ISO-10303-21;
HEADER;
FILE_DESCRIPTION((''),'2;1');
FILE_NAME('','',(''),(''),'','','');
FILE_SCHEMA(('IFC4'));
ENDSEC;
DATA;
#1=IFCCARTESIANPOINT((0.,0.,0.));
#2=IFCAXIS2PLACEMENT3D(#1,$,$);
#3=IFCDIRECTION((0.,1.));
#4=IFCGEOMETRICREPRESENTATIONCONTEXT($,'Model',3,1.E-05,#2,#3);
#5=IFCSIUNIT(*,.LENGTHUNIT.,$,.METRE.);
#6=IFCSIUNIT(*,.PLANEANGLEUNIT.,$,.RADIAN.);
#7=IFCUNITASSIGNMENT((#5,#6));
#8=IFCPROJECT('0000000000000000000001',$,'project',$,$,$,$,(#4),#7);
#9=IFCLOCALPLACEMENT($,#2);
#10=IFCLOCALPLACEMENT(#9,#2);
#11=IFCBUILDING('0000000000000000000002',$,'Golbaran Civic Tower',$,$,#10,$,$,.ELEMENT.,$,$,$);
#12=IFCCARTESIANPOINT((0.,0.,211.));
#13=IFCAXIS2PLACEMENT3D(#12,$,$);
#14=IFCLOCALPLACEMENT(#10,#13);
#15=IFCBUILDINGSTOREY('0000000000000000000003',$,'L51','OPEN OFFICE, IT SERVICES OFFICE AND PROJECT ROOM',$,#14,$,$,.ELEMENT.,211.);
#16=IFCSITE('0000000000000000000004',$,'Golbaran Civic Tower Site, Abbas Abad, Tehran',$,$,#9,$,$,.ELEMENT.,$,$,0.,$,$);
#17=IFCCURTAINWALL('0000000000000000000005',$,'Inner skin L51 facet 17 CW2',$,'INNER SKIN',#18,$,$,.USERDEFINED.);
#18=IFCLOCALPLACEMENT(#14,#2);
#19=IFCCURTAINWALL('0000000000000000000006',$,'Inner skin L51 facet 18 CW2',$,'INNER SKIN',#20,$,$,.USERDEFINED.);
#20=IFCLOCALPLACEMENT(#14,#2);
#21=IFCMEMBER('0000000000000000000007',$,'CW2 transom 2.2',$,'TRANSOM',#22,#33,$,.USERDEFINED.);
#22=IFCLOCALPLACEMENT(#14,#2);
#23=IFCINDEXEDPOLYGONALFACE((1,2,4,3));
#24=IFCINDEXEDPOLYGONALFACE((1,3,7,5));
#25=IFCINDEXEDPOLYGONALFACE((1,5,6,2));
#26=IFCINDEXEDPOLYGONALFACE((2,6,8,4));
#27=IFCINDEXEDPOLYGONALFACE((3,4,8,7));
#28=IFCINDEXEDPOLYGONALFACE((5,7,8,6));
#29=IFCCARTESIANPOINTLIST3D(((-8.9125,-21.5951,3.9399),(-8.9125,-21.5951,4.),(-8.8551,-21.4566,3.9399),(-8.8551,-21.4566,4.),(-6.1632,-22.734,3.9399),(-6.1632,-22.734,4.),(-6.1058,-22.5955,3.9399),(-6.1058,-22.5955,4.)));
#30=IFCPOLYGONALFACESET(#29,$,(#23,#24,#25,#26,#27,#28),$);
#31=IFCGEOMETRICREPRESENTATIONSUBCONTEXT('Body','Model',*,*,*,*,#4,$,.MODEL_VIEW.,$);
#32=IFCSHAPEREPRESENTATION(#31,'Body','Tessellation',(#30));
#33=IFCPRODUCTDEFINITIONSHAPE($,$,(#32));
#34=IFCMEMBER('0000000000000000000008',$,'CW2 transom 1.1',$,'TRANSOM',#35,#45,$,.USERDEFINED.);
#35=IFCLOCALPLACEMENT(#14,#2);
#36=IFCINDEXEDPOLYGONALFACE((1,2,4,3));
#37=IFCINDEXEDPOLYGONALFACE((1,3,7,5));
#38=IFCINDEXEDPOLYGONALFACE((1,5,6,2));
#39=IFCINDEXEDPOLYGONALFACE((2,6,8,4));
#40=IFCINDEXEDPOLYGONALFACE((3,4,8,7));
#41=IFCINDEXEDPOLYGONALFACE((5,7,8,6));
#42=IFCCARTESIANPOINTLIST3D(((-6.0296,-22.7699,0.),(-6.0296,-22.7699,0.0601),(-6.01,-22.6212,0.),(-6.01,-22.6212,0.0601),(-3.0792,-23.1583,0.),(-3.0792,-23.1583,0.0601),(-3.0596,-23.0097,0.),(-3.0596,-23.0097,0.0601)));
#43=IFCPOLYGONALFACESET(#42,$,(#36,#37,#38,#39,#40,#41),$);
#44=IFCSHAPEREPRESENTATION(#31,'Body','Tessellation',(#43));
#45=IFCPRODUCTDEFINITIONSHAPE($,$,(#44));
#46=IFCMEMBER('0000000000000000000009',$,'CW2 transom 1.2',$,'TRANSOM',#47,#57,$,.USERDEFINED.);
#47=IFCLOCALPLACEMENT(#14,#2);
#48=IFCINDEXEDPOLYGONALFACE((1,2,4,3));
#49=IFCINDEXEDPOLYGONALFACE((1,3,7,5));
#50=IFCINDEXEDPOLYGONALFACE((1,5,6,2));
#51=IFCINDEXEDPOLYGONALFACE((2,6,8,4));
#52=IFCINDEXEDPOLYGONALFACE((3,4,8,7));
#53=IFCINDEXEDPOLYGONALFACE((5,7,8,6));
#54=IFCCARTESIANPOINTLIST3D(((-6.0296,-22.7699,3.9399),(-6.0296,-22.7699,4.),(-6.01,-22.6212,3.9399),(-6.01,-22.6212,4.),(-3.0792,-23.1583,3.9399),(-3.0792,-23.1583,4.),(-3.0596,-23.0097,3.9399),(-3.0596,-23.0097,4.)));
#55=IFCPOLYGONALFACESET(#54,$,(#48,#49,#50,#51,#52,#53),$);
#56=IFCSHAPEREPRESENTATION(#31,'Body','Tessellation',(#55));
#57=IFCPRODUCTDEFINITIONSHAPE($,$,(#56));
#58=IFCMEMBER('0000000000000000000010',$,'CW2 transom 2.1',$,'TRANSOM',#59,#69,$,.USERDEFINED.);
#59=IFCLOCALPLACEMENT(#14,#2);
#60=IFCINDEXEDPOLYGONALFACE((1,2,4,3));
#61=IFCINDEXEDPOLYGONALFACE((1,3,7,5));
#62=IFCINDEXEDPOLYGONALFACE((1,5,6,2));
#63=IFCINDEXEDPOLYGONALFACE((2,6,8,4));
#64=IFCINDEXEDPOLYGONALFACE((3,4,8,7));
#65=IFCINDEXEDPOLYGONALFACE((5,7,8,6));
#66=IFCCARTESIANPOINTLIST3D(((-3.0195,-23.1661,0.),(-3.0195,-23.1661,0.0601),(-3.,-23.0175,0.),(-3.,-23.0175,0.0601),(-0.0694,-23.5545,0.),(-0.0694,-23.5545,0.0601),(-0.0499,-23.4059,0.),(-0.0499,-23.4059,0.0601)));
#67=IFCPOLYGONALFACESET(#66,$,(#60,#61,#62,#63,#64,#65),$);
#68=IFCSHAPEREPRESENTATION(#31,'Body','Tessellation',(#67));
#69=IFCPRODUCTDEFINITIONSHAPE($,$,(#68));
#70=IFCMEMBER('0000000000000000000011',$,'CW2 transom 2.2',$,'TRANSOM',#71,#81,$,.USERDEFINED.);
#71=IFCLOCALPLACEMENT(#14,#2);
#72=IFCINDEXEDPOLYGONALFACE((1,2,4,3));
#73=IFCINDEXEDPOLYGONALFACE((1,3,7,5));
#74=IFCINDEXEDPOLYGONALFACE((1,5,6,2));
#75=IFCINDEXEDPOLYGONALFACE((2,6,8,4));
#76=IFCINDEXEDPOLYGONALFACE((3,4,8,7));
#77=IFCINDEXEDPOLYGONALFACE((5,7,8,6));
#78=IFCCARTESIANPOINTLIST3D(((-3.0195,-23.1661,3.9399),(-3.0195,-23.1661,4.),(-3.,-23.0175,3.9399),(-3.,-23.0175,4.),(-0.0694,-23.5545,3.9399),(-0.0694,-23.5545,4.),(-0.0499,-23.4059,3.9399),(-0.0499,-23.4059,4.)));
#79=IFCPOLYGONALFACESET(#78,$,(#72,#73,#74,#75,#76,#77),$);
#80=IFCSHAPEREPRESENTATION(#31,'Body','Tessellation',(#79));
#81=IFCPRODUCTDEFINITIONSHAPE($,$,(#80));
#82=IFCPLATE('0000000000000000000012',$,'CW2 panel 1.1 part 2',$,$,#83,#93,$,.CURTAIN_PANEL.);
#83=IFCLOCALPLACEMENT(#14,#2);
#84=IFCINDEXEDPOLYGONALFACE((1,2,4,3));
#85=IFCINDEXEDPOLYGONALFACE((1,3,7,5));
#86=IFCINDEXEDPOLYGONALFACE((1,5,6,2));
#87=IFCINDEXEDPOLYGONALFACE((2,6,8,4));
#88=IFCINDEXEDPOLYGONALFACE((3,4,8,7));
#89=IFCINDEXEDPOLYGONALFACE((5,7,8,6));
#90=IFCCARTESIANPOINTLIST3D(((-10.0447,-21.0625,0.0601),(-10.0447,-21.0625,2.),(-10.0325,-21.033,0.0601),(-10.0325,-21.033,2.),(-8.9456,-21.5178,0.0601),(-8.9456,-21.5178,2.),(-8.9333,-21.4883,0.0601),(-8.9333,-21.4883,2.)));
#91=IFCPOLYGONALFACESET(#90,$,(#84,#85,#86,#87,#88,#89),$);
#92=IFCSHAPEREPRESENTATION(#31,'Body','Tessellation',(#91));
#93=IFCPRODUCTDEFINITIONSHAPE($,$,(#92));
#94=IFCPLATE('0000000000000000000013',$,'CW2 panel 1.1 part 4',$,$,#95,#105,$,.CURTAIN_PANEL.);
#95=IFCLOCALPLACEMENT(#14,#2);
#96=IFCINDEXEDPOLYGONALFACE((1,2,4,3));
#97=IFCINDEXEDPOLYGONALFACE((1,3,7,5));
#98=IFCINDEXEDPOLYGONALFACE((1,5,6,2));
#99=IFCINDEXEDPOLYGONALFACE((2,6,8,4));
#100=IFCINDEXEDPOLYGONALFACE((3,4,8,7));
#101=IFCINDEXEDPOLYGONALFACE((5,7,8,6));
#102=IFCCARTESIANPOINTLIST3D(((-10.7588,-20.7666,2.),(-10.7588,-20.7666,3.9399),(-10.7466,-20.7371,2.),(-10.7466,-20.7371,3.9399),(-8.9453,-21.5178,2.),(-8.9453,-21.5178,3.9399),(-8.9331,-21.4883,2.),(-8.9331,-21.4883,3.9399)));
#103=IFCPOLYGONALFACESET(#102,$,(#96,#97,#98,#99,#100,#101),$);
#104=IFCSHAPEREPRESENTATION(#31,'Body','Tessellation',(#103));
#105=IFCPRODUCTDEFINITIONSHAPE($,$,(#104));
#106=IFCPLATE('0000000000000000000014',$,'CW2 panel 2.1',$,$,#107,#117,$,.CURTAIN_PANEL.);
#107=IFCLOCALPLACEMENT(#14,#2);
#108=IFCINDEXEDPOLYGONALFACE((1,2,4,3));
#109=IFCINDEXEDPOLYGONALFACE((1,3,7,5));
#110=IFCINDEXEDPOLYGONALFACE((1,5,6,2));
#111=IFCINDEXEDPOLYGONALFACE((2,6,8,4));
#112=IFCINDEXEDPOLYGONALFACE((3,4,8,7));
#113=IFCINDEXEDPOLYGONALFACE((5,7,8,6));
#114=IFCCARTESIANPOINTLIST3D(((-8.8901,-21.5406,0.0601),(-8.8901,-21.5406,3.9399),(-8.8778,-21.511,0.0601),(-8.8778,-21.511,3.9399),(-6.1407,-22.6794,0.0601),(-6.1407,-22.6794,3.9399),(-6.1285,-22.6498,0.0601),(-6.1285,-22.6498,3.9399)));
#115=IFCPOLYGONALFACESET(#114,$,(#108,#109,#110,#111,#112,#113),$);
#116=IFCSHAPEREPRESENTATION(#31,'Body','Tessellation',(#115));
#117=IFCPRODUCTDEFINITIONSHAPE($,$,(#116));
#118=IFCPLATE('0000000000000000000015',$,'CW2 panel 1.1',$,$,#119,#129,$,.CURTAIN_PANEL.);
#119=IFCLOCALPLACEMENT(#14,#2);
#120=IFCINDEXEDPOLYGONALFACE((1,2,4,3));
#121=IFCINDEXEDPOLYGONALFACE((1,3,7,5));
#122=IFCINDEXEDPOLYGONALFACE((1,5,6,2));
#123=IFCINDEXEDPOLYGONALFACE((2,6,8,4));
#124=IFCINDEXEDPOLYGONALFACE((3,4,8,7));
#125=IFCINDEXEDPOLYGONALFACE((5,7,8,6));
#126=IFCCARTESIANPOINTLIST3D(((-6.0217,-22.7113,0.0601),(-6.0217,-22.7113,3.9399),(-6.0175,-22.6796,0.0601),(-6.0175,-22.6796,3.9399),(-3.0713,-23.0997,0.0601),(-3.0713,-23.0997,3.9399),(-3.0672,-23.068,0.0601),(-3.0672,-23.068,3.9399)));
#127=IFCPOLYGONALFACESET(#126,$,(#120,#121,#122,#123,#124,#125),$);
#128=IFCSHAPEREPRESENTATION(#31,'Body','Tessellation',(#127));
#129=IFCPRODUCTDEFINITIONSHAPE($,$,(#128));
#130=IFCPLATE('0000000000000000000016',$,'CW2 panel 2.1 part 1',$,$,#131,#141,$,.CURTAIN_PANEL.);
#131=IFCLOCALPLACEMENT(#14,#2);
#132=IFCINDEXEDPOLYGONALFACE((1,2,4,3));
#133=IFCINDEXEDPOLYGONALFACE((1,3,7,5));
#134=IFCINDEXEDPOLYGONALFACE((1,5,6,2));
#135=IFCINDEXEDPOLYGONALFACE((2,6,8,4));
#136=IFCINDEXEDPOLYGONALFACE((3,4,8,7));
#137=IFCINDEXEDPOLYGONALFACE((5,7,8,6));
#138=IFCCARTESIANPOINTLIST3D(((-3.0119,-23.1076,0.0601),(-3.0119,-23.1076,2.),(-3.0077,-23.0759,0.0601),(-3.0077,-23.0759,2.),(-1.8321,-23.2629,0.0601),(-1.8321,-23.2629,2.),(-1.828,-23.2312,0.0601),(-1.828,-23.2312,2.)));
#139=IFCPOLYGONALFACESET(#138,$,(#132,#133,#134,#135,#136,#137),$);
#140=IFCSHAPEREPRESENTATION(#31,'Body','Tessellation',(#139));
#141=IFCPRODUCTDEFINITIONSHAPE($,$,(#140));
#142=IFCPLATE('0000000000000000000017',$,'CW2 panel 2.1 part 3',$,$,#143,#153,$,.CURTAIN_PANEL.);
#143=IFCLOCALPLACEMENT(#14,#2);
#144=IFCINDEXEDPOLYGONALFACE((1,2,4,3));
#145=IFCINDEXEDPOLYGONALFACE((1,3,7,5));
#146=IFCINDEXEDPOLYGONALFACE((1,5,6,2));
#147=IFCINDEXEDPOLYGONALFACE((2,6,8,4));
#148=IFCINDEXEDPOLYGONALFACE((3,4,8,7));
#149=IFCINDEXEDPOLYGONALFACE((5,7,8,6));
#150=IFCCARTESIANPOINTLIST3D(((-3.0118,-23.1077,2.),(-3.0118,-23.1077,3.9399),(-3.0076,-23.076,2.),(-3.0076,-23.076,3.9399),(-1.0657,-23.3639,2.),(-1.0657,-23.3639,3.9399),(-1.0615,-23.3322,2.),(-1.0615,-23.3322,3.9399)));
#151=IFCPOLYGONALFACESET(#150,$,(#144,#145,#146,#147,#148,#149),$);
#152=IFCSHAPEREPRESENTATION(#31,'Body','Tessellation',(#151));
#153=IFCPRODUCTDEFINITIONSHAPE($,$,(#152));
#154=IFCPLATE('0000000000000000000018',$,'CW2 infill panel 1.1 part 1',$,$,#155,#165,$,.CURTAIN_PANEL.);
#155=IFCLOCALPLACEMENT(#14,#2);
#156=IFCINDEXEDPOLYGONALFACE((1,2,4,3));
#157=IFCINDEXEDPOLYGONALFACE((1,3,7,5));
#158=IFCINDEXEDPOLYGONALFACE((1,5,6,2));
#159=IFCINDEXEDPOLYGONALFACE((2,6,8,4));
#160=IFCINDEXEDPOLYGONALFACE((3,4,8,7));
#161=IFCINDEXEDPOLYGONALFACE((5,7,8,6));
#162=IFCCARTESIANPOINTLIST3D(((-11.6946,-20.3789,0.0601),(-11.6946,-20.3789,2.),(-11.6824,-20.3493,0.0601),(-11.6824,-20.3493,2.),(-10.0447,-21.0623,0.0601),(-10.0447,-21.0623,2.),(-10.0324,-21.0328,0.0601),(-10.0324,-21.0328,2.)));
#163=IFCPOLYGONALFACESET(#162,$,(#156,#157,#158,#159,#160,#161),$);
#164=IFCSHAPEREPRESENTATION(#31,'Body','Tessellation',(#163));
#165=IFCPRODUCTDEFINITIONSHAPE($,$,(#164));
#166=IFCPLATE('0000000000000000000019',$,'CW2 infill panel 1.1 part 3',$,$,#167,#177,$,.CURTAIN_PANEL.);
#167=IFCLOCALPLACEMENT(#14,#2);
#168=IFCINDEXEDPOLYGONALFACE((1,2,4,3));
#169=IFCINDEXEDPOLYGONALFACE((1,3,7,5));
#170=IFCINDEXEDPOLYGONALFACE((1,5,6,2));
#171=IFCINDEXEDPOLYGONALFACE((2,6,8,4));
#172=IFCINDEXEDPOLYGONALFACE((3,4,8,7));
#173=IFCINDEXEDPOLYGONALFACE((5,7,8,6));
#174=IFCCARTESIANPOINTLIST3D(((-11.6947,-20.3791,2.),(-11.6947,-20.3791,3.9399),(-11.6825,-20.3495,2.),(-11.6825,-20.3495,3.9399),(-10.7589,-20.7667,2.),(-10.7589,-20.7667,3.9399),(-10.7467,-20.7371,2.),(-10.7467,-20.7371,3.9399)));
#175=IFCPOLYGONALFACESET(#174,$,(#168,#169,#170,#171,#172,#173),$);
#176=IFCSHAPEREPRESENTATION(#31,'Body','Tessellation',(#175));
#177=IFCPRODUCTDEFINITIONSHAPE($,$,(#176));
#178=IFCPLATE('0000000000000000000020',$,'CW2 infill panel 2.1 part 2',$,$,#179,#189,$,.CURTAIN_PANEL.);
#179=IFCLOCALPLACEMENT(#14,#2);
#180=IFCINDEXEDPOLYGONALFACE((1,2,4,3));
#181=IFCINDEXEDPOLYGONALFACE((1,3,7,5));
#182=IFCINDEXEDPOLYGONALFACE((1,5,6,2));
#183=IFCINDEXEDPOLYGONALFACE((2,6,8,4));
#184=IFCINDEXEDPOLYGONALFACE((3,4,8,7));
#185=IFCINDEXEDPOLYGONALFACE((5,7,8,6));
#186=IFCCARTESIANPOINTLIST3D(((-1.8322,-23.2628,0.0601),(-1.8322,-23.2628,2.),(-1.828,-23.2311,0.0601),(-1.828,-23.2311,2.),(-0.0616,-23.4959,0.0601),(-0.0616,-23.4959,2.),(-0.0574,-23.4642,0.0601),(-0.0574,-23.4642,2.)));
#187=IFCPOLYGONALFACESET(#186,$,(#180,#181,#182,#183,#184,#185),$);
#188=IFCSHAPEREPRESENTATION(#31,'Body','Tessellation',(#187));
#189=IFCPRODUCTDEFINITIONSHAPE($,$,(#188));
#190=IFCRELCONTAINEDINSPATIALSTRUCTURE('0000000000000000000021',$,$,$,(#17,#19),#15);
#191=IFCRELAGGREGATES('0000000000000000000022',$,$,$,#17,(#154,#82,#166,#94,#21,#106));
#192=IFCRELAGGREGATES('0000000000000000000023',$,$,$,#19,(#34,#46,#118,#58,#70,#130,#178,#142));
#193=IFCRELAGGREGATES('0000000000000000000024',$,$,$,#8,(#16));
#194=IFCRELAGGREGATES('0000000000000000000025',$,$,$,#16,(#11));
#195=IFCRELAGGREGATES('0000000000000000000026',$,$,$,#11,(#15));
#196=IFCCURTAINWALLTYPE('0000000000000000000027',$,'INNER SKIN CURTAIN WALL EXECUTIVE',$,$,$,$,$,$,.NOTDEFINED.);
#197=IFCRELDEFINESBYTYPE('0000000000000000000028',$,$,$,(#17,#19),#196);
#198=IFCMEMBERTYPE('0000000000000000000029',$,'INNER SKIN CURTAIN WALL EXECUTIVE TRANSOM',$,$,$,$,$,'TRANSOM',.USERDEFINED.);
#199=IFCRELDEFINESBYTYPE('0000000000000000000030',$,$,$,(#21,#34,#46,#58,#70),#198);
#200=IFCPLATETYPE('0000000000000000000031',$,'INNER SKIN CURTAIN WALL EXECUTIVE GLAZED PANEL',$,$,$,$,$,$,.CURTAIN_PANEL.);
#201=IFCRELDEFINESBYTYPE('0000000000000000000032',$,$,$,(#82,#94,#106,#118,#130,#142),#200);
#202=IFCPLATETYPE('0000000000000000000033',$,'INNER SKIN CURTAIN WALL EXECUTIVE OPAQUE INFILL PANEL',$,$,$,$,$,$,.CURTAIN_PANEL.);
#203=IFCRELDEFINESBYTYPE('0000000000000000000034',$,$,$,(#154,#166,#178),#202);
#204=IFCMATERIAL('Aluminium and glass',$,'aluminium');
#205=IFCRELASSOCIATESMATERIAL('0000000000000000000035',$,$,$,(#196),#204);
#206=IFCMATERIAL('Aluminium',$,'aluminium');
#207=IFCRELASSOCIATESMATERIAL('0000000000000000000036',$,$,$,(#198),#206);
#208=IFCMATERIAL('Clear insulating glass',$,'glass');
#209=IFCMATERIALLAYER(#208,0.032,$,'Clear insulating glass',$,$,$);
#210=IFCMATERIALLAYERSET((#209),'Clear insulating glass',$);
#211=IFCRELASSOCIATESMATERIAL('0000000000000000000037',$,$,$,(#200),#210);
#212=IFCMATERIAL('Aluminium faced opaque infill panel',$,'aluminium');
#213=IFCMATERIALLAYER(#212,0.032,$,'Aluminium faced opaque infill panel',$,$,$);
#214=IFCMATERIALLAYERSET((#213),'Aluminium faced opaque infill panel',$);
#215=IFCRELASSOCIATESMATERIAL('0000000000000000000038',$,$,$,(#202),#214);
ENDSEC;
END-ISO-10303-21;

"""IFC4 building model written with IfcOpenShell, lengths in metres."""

from ifc_helpers import new_model, si_unit, direction, frame, origin, origin_2d, place, context, subcontext, project, spatial, rectangle, extrude, material, layer, layer_set, material_profile, profile_set, type_object, element, aggregate, save


model = new_model("IFC4")

# Units and contexts
model_context = context("Model", 3, precision=1e-05, world=origin(), true_north=direction((0.0, 1.0)))
body_context = subcontext(model_context, "Body", "Model", "MODEL_VIEW")
ifc_project = project(units=[si_unit("LENGTHUNIT", "METRE"), si_unit("PLANEANGLEUNIT", "RADIAN")], contexts=[model_context])

# Site, building, storey
site_placement = place(None, origin())
site = spatial("IfcSite", under=ifc_project, at=site_placement, Name="Golbaran Civic Tower Site, Abbas Abad, Tehran", CompositionType="ELEMENT", RefElevation=0.0)
building_placement = place(site_placement, origin())
building = spatial("IfcBuilding", under=site, at=building_placement, Name="Golbaran Civic Tower", CompositionType="ELEMENT")
storey_placement = place(building_placement, frame((0.0, 0.0, 211.0)))
storey = spatial("IfcBuildingStorey", under=building, at=storey_placement, Name="L51", Description="OPEN OFFICE, IT SERVICES OFFICE AND PROJECT ROOM", CompositionType="ELEMENT", Elevation=211.0)

# Curtain walls
ifc_material_1 = material(Name="Aluminium and glass", Category="aluminium")
curtain_wall_type = type_object("IfcCurtainWallType", Name="INNER SKIN CURTAIN WALL EXECUTIVE", PredefinedType="NOTDEFINED", material=ifc_material_1)
curtain_wall_1_placement = place(storey_placement, origin())
curtain_wall_1 = element("IfcCurtainWall", 1, at=curtain_wall_1_placement, inside=storey, type_object=curtain_wall_type, Name="Inner skin L51 facet 17 CW2", ObjectType="INNER SKIN", PredefinedType="USERDEFINED")
ifc_material_2 = material(Name="Aluminium", Category="aluminium")
curtain_wall_2_placement = place(storey_placement, origin())
curtain_wall_2 = element("IfcCurtainWall", 2, at=curtain_wall_2_placement, inside=storey, type_object=curtain_wall_type, Name="Inner skin L51 facet 18 CW2", ObjectType="INNER SKIN", PredefinedType="USERDEFINED")

# Members
ifc_material_profile_1 = material_profile(ifc_material_2, rectangle(XDim=0.1499, YDim=0.0601, at=origin_2d()), Name="INNER SKIN CURTAIN WALL EXECUTIVE TRANSOM")
ifc_profile_set_1 = profile_set([ifc_material_profile_1], Name="Aluminium")
member_type_1 = type_object("IfcMemberType", Name="INNER SKIN CURTAIN WALL EXECUTIVE TRANSOM", ElementType="TRANSOM", PredefinedType="USERDEFINED", material=ifc_profile_set_1)
member_1_placement = place(storey_placement, frame((-8.8838, -21.5259, 3.97), z_axis=(0.923864, -0.382721, 0.0), x_axis=(0.382721, 0.923864, 0.0)))
member_1 = element("IfcMember", 3, at=member_1_placement, type_object=member_type_1, Name="CW2 transom 2.2", ObjectType="TRANSOM", PredefinedType="USERDEFINED", context=body_context, shape_type="SweptSolid", body=[
    extrude(rectangle(XDim=0.1499, YDim=0.0601, at=origin_2d()), origin(), (0.0, 0.0, 1.0), 2.9758),
])
member_2_placement = place(storey_placement, frame((-6.0198, -22.6956, 0.03), z_axis=(0.991445, -0.130525, 0.0), x_axis=(0.130525, 0.991445, 0.0)))
member_2 = element("IfcMember", 4, at=member_2_placement, type_object=member_type_1, Name="CW2 transom 1.1", ObjectType="TRANSOM", PredefinedType="USERDEFINED", context=body_context, shape_type="SweptSolid", body=[
    extrude(rectangle(XDim=0.1499, YDim=0.0601, at=origin_2d()), origin(), (0.0, 0.0, 1.0), 2.9758),
])
member_3_placement = place(storey_placement, frame((-6.0198, -22.6956, 3.97), z_axis=(0.991445, -0.130525, 0.0), x_axis=(0.130525, 0.991445, 0.0)))
member_3 = element("IfcMember", 5, at=member_3_placement, type_object=member_type_1, Name="CW2 transom 1.2", ObjectType="TRANSOM", PredefinedType="USERDEFINED", context=body_context, shape_type="SweptSolid", body=[
    extrude(rectangle(XDim=0.1499, YDim=0.0601, at=origin_2d()), origin(), (0.0, 0.0, 1.0), 2.9758),
])
member_4_placement = place(storey_placement, frame((-3.0098, -23.0918, 0.03), z_axis=(0.991444, -0.130535, 0.0), x_axis=(0.130535, 0.991444, 0.0)))
member_4 = element("IfcMember", 6, at=member_4_placement, type_object=member_type_1, Name="CW2 transom 2.1", ObjectType="TRANSOM", PredefinedType="USERDEFINED", context=body_context, shape_type="SweptSolid", body=[
    extrude(rectangle(XDim=0.1499, YDim=0.0601, at=origin_2d()), origin(), (0.0, 0.0, 1.0), 2.9756),
])
member_5_placement = place(storey_placement, frame((-3.0098, -23.0918, 3.97), z_axis=(0.991444, -0.130535, 0.0), x_axis=(0.130535, 0.991444, 0.0)))
member_5 = element("IfcMember", 7, at=member_5_placement, type_object=member_type_1, Name="CW2 transom 2.2", ObjectType="TRANSOM", PredefinedType="USERDEFINED", context=body_context, shape_type="SweptSolid", body=[
    extrude(rectangle(XDim=0.1499, YDim=0.0601, at=origin_2d()), origin(), (0.0, 0.0, 1.0), 2.9756),
])

# Plates
ifc_material_3 = material(Name="Clear insulating glass", Category="glass")
ifc_layer_1 = layer(ifc_material_3, 0.032, Name="Clear insulating glass")
ifc_layer_set_1 = layer_set([ifc_layer_1], Name="Clear insulating glass")
plate_type_1 = type_object("IfcPlateType", Name="INNER SKIN CURTAIN WALL EXECUTIVE GLAZED PANEL", PredefinedType="CURTAIN_PANEL", material=ifc_layer_set_1)
plate_1_placement = place(storey_placement, frame((-9.489, -21.2754, 0.0601), z_axis=(0.0, 0.0, 1.0), x_axis=(0.92388, -0.382683, 0.0)))
plate_1 = element("IfcPlate", 8, at=plate_1_placement, type_object=plate_type_1, Name="CW2 panel 1.1 part 2", PredefinedType="CURTAIN_PANEL", context=body_context, shape_type="SweptSolid", body=[
    extrude(rectangle(XDim=1.1897, YDim=0.032, at=origin_2d()), origin(), (0.0, 0.0, 1.0), 1.9399),
])
plate_2_placement = place(storey_placement, frame((-9.8459, -21.1274, 2.0), z_axis=(0.0, 0.0, 1.0), x_axis=(0.92388, -0.382683, 0.0)))
plate_2 = element("IfcPlate", 9, at=plate_2_placement, type_object=plate_type_1, Name="CW2 panel 1.1 part 4", PredefinedType="CURTAIN_PANEL", context=body_context, shape_type="SweptSolid", body=[
    extrude(rectangle(XDim=1.9629, YDim=0.032, at=origin_2d()), origin(), (0.0, 0.0, 1.0), 1.9399),
])
plate_3_placement = place(storey_placement, frame((-7.5093, -22.0952, 0.0601), z_axis=(0.0, 0.0, 1.0), x_axis=(0.92388, -0.382683, 0.0)))
plate_3 = element("IfcPlate", 10, at=plate_3_placement, type_object=plate_type_1, Name="CW2 panel 2.1", PredefinedType="CURTAIN_PANEL", context=body_context, shape_type="SweptSolid", body=[
    extrude(rectangle(XDim=2.9758, YDim=0.032, at=origin_2d()), origin(), (0.0, 0.0, 1.0), 3.8799),
])
plate_4_placement = place(storey_placement, frame((-4.5444, -22.8896, 0.0601), z_axis=(0.0, 0.0, 1.0), x_axis=(0.991445, -0.130526, 0.0)))
plate_4 = element("IfcPlate", 11, at=plate_4_placement, type_object=plate_type_1, Name="CW2 panel 1.1", PredefinedType="CURTAIN_PANEL", context=body_context, shape_type="SweptSolid", body=[
    extrude(rectangle(XDim=2.9758, YDim=0.032, at=origin_2d()), origin(), (0.0, 0.0, 1.0), 3.8799),
])
plate_5_placement = place(storey_placement, frame((-2.4199, -23.1694, 0.0601), z_axis=(0.0, 0.0, 1.0), x_axis=(0.991445, -0.130526, 0.0)))
plate_5 = element("IfcPlate", 12, at=plate_5_placement, type_object=plate_type_1, Name="CW2 panel 2.1 part 1", PredefinedType="CURTAIN_PANEL", context=body_context, shape_type="SweptSolid", body=[
    extrude(rectangle(XDim=1.1899, YDim=0.032, at=origin_2d()), origin(), (0.0, 0.0, 1.0), 1.9399),
])
plate_6_placement = place(storey_placement, frame((-2.0366, -23.22, 2.0), z_axis=(0.0, 0.0, 1.0), x_axis=(0.991445, -0.130526, 0.0)))
plate_6 = element("IfcPlate", 13, at=plate_6_placement, type_object=plate_type_1, Name="CW2 panel 2.1 part 3", PredefinedType="CURTAIN_PANEL", context=body_context, shape_type="SweptSolid", body=[
    extrude(rectangle(XDim=1.9629, YDim=0.032, at=origin_2d()), origin(), (0.0, 0.0, 1.0), 1.9399),
])
ifc_material_4 = material(Name="Aluminium faced opaque infill panel", Category="aluminium")
ifc_layer_2 = layer(ifc_material_4, 0.032, Name="Aluminium faced opaque infill panel")
ifc_layer_set_2 = layer_set([ifc_layer_2], Name="Aluminium faced opaque infill panel")
plate_type_2 = type_object("IfcPlateType", Name="INNER SKIN CURTAIN WALL EXECUTIVE OPAQUE INFILL PANEL", PredefinedType="CURTAIN_PANEL", material=ifc_layer_set_2)
plate_7_placement = place(storey_placement, frame((-10.8635, -20.7058, 0.0601), z_axis=(0.0, 0.0, 1.0), x_axis=(0.92388, -0.382683, 0.0)))
plate_7 = element("IfcPlate", 14, at=plate_7_placement, type_object=plate_type_2, Name="CW2 infill panel 1.1 part 1", PredefinedType="CURTAIN_PANEL", context=body_context, shape_type="SweptSolid", body=[
    extrude(rectangle(XDim=1.7859, YDim=0.032, at=origin_2d()), origin(), (0.0, 0.0, 1.0), 1.9399),
])
plate_8_placement = place(storey_placement, frame((-11.2207, -20.5581, 2.0), z_axis=(0.0, 0.0, 1.0), x_axis=(0.92388, -0.382683, 0.0)))
plate_8 = element("IfcPlate", 15, at=plate_8_placement, type_object=plate_type_2, Name="CW2 infill panel 1.1 part 3", PredefinedType="CURTAIN_PANEL", context=body_context, shape_type="SweptSolid", body=[
    extrude(rectangle(XDim=1.0129, YDim=0.032, at=origin_2d()), origin(), (0.0, 0.0, 1.0), 1.9399),
])
aggregate(curtain_wall_1, [plate_7, plate_1, plate_8, plate_2, member_1, plate_3])
plate_9_placement = place(storey_placement, frame((-0.9448, -23.3635, 0.0601), z_axis=(0.0, 0.0, 1.0), x_axis=(0.991445, -0.130526, 0.0)))
plate_9 = element("IfcPlate", 16, at=plate_9_placement, type_object=plate_type_2, Name="CW2 infill panel 2.1 part 2", PredefinedType="CURTAIN_PANEL", context=body_context, shape_type="SweptSolid", body=[
    extrude(rectangle(XDim=1.7859, YDim=0.032, at=origin_2d()), origin(), (0.0, 0.0, 1.0), 1.9399),
])
aggregate(curtain_wall_2, [member_2, member_3, plate_4, member_4, member_5, plate_5, plate_9, plate_6])

save(model, "model.ifc")
